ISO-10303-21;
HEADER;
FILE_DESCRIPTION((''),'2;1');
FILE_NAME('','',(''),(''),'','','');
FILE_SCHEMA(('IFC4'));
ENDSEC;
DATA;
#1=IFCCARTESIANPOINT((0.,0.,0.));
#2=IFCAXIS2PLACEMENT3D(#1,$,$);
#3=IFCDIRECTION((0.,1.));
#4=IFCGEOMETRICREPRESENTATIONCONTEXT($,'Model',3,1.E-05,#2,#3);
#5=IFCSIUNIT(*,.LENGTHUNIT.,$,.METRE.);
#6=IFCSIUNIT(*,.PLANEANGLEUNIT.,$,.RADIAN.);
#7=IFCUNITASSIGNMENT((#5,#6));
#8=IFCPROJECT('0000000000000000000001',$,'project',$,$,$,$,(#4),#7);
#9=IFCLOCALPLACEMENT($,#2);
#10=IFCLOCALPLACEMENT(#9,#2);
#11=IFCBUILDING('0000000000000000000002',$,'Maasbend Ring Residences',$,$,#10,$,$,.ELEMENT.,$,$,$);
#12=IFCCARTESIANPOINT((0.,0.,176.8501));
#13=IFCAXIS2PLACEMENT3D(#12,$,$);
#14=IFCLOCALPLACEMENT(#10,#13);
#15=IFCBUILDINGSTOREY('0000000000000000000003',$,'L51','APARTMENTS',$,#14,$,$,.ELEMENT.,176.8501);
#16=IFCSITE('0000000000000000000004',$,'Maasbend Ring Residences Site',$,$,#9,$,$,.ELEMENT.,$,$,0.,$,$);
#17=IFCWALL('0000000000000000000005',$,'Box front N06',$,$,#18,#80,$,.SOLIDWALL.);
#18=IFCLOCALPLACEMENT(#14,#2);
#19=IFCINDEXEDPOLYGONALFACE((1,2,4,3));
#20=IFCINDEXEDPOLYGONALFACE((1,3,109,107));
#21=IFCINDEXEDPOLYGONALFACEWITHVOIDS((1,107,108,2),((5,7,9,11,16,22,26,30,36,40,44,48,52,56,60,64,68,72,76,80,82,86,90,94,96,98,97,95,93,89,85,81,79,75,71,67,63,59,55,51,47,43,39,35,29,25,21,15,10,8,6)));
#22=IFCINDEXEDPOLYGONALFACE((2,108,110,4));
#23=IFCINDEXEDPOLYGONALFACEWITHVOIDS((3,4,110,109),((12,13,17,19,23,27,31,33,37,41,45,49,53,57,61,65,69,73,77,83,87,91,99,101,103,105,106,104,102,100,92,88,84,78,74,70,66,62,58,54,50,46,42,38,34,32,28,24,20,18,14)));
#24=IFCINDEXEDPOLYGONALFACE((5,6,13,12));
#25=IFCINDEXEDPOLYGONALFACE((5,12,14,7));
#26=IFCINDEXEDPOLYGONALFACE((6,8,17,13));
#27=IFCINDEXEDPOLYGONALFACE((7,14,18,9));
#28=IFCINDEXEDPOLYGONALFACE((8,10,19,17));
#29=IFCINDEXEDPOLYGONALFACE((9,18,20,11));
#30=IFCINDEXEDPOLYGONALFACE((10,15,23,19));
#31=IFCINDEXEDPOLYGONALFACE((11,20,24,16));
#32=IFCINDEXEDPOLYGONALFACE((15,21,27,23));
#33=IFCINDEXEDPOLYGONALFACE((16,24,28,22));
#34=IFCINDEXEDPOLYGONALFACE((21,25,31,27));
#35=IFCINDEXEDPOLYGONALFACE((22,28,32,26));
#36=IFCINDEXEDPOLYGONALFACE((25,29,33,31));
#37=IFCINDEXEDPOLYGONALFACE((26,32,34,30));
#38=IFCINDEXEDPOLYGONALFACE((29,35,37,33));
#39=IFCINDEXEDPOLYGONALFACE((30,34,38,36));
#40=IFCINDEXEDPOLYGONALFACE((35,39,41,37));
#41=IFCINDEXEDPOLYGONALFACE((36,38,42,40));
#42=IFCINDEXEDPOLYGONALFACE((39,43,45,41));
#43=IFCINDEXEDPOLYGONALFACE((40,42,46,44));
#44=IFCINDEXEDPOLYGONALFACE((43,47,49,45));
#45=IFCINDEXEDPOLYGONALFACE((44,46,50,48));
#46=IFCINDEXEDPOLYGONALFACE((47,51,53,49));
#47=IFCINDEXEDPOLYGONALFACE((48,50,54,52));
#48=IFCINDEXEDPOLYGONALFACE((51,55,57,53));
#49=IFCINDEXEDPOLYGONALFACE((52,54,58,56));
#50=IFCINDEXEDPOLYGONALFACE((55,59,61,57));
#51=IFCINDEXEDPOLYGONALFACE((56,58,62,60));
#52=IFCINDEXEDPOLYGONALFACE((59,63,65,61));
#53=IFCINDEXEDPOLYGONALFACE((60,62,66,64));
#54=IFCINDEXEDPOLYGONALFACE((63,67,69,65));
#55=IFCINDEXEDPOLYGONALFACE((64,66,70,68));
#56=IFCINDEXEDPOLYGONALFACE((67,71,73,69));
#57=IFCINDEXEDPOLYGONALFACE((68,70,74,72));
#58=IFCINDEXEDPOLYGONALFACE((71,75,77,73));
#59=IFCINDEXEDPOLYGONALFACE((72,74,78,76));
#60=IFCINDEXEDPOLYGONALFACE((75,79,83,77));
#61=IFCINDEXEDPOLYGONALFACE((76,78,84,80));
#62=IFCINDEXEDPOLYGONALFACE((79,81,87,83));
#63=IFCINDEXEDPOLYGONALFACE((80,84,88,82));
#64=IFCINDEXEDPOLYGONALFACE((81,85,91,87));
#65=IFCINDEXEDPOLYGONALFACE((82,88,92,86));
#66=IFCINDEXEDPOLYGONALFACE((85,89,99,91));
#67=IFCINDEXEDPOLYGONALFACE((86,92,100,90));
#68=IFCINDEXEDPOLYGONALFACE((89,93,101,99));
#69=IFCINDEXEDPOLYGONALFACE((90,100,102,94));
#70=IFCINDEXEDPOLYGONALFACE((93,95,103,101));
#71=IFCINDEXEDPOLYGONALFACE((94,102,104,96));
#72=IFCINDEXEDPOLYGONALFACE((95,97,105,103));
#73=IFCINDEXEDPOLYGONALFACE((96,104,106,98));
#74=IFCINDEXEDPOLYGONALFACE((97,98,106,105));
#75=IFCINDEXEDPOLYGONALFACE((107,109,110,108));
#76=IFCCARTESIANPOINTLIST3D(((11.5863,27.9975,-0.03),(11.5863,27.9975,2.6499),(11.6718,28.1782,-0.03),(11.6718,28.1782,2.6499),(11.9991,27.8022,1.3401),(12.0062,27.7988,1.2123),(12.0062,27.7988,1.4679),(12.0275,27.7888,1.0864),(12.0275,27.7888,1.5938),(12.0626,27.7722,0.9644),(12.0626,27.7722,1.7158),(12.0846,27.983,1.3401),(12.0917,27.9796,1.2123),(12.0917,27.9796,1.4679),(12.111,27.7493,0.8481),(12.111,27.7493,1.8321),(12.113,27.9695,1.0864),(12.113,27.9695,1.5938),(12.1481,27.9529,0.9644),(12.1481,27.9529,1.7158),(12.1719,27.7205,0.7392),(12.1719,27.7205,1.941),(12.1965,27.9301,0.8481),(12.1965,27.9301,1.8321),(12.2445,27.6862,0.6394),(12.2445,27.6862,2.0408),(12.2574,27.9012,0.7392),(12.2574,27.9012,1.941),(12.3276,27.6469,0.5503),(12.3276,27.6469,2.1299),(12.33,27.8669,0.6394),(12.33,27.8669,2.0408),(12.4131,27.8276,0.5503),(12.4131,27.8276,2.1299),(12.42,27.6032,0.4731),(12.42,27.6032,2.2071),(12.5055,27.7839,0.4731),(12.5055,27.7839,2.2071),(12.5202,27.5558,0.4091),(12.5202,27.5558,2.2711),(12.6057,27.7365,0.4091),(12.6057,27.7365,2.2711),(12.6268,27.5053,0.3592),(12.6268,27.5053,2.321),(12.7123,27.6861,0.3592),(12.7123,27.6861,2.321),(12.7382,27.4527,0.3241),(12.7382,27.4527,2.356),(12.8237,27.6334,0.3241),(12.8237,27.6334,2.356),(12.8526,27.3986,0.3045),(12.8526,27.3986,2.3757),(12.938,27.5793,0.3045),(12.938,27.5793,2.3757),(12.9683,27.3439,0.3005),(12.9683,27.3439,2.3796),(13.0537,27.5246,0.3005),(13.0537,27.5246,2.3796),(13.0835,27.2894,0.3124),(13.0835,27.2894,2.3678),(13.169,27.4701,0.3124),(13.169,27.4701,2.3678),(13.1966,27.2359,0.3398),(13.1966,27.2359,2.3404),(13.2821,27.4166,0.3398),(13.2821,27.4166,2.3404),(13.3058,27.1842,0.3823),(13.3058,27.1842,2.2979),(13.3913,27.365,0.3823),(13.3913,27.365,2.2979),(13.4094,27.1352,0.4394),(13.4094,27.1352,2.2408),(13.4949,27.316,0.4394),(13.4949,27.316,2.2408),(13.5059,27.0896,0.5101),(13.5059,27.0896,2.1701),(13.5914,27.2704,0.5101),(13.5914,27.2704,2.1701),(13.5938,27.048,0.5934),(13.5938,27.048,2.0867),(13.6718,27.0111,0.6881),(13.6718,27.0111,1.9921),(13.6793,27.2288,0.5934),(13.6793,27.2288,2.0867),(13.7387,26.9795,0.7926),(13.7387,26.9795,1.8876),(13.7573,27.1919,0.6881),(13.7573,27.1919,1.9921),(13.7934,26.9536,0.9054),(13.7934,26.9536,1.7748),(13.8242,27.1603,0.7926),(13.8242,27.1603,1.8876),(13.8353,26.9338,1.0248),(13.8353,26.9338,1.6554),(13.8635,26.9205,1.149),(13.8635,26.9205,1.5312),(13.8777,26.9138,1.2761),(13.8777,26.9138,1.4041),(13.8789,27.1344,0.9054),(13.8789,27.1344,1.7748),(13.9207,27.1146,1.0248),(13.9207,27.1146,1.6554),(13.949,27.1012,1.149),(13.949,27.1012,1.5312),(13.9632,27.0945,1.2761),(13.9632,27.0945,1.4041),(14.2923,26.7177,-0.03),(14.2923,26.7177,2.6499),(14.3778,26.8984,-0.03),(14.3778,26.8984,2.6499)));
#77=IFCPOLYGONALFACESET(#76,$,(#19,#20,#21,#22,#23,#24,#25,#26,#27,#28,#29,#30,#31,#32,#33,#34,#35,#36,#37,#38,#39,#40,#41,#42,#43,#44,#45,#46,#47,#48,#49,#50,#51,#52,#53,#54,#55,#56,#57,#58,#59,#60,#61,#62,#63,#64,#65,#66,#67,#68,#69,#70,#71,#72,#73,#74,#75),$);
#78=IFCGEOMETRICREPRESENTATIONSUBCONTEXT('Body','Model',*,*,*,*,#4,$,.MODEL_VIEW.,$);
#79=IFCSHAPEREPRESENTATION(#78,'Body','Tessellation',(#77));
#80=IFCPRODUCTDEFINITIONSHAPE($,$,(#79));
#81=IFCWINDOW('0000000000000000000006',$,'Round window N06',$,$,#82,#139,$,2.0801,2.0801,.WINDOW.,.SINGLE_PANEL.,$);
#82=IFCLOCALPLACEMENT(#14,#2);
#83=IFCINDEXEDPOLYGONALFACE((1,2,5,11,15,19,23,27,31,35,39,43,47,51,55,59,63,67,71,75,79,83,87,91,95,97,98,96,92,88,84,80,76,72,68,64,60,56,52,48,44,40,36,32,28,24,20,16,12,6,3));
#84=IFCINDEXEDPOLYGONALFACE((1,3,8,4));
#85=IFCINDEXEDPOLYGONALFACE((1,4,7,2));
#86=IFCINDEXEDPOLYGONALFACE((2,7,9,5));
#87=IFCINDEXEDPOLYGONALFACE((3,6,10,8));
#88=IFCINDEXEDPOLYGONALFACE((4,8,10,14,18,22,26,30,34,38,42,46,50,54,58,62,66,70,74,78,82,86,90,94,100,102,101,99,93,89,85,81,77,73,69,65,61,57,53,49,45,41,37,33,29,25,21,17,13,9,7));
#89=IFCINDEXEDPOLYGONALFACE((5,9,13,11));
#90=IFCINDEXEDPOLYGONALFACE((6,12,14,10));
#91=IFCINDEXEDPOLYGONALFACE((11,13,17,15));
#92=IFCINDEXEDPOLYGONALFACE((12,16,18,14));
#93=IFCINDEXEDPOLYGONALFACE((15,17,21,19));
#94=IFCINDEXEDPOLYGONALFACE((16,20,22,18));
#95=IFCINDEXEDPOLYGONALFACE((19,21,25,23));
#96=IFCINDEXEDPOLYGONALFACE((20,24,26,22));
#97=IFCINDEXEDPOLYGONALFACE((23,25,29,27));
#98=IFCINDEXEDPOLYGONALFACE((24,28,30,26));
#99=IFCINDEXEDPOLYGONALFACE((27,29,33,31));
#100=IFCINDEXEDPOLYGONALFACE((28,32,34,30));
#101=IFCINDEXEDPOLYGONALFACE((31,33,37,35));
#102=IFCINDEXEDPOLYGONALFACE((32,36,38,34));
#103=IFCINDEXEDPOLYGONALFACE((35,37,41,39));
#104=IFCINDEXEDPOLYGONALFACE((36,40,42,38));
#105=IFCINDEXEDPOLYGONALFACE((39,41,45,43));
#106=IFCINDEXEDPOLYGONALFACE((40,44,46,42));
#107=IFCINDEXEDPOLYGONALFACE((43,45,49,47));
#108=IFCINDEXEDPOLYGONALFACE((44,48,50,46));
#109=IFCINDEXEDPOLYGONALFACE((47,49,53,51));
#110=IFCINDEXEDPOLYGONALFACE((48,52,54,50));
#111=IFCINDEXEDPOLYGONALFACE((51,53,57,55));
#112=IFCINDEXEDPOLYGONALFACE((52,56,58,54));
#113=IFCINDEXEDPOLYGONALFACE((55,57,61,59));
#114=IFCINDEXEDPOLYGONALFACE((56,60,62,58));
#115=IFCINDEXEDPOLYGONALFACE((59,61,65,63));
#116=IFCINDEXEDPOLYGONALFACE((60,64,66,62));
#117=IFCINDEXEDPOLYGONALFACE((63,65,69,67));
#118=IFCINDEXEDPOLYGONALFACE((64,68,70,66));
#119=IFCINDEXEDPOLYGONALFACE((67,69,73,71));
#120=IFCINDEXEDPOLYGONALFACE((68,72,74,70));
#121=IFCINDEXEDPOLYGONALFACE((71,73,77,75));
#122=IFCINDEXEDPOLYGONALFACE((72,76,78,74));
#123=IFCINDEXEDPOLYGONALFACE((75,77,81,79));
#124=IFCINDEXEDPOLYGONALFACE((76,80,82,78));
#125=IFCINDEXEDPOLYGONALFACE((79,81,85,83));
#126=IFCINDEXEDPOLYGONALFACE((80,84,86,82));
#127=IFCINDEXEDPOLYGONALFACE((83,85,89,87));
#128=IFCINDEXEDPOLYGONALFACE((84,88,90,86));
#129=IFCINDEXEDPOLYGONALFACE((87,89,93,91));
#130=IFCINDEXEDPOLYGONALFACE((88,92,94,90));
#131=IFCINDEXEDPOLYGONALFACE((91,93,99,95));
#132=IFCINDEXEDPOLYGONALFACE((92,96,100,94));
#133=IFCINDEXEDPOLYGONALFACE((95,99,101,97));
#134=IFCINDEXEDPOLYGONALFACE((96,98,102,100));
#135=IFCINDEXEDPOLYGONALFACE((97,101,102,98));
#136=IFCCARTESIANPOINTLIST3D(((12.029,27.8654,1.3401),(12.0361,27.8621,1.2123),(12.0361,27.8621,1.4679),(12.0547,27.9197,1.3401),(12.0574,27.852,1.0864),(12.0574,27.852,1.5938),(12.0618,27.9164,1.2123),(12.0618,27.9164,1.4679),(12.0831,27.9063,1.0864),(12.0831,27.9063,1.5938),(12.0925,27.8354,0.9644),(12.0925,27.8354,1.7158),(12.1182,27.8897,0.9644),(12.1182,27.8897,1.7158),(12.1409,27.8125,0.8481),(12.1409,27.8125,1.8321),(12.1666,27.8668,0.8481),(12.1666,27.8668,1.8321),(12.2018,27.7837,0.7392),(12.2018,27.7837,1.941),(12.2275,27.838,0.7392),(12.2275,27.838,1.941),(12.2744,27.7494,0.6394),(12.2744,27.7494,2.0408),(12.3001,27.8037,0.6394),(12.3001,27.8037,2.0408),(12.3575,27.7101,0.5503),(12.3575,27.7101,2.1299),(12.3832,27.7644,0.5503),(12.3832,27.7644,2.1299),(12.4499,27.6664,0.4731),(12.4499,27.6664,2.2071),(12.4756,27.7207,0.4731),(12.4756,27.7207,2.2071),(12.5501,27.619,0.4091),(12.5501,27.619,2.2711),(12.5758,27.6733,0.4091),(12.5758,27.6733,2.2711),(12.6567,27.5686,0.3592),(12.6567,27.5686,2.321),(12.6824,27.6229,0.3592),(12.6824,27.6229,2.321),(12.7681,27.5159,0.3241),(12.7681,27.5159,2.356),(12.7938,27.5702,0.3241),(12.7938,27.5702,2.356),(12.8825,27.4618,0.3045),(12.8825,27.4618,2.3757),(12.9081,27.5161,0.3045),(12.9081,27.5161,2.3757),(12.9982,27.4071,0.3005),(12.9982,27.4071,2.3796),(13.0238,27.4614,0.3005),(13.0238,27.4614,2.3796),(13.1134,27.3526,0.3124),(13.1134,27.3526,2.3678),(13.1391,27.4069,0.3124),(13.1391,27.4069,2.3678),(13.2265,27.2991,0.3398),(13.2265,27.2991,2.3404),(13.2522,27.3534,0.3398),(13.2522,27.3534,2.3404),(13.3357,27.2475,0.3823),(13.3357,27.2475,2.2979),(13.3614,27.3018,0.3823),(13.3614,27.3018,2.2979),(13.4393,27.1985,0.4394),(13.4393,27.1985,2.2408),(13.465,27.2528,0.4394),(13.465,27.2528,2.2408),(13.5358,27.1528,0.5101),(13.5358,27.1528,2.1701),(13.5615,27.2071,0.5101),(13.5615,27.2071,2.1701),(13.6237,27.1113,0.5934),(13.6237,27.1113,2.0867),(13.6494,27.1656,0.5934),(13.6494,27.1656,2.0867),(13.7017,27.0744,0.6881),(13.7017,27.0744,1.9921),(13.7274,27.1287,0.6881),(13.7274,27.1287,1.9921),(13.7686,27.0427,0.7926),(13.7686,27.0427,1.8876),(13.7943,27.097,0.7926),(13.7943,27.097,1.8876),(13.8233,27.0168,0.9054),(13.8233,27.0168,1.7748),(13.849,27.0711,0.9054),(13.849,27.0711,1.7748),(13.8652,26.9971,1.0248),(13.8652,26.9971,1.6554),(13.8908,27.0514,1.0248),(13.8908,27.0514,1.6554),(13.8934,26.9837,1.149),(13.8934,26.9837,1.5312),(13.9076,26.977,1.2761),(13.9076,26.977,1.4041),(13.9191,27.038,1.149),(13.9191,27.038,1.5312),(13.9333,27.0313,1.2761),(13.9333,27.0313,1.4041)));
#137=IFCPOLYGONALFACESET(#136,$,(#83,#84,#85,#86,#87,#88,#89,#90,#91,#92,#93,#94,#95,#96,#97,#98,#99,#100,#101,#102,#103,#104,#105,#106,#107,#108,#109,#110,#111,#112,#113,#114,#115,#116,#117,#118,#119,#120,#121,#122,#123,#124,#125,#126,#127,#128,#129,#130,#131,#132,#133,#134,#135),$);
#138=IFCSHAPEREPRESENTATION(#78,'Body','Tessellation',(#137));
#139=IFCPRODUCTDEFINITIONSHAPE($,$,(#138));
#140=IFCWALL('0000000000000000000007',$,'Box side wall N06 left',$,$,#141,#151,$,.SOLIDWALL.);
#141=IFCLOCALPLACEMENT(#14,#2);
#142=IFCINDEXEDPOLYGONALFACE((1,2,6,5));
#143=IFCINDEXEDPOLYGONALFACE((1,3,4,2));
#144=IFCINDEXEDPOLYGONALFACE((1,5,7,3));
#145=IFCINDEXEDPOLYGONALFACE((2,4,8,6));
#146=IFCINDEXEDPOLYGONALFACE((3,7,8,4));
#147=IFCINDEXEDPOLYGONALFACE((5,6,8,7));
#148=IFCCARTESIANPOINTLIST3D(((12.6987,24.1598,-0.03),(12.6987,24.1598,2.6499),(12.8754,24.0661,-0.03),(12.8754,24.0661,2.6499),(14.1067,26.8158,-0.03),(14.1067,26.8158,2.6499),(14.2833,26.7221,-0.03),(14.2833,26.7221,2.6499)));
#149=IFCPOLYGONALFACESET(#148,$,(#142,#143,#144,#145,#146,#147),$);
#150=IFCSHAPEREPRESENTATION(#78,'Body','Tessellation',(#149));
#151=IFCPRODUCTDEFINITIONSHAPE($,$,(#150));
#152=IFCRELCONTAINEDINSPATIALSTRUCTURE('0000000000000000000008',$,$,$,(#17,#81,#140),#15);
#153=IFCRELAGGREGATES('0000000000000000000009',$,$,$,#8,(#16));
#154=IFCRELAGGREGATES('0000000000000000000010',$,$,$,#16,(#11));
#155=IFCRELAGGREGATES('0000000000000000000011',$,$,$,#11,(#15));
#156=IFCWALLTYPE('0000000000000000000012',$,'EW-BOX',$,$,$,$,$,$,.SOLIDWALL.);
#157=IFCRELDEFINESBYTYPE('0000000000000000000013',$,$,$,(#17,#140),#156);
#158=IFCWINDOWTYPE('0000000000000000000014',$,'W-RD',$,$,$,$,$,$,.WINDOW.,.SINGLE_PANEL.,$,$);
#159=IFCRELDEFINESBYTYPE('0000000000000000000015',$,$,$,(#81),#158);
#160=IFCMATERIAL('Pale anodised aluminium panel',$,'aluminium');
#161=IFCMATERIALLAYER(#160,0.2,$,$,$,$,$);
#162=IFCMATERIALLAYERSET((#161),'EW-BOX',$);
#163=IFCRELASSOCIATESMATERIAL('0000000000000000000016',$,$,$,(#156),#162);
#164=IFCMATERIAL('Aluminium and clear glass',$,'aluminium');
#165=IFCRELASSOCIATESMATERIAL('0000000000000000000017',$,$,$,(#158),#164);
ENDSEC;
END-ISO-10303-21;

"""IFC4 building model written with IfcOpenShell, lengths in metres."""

from ifc_helpers import new_model, si_unit, direction, frame, frame_2d, origin, place, context, subcontext, project, spatial, rectangle, circle, extrude, material, layer, layer_set, type_object, element, fill, save


model = new_model("IFC4")

# Units and contexts
model_context = context("Model", 3, precision=1e-05, world=origin(), true_north=direction((0.0, 1.0)))
body_context = subcontext(model_context, "Body", "Model", "MODEL_VIEW")
ifc_project = project(units=[si_unit("LENGTHUNIT", "METRE"), si_unit("PLANEANGLEUNIT", "RADIAN")], contexts=[model_context])

# Site, building, storey
site_placement = place(None, origin())
site = spatial("IfcSite", under=ifc_project, at=site_placement, Name="Maasbend Ring Residences Site", CompositionType="ELEMENT", RefElevation=0.0)
building_placement = place(site_placement, origin())
building = spatial("IfcBuilding", under=site, at=building_placement, Name="Maasbend Ring Residences", CompositionType="ELEMENT")
storey_placement = place(building_placement, frame((0.0, 0.0, 176.8501)))
storey = spatial("IfcBuildingStorey", under=building, at=storey_placement, Name="L51", Description="APARTMENTS", CompositionType="ELEMENT", Elevation=176.8501)

# Shared definitions
ifc_material_1 = material(Name="Pale anodised aluminium panel", Category="aluminium")
ifc_layer_1 = layer(ifc_material_1, 0.2)
ifc_layer_set_1 = layer_set([ifc_layer_1], Name="EW-BOX")
wall_type_1 = type_object("IfcWallType", Name="EW-BOX", PredefinedType="SOLIDWALL", material=ifc_layer_set_1)
ifc_material_2 = material(Name="Aluminium and clear glass", Category="aluminium")
window_type_1 = type_object("IfcWindowType", Name="W-RD", PartitioningType="SINGLE_PANEL", PredefinedType="WINDOW", material=ifc_material_2)

# Wall, opening, window
wall_1_placement = place(storey_placement, frame((14.335, 26.8081, -0.03), z_axis=(0.0, 0.0, 1.0), x_axis=(-0.904, 0.427532, 0.0)))
wall_1 = element("IfcWall", 1, at=wall_1_placement, inside=storey, type_object=wall_type_1, Name="Box front N06", PredefinedType="SOLIDWALL", context=body_context, shape_type="SweptSolid", body=[
    extrude(rectangle(XDim=2.9934, YDim=0.2, at=frame_2d((1.4966, 0.0))), origin(), (0.0, 0.0, 1.0), 2.6799),
])
opening_1_placement = place(wall_1_placement, frame((0.4565, 0.0, 0.3301)))
opening_1 = element("IfcOpeningElement", 2, at=opening_1_placement, cuts=wall_1, PredefinedType="OPENING", context=body_context, shape_type="SweptSolid", body=[
    extrude(circle(Radius=1.04, at=frame_2d((1.04, 1.04))), frame((0.0, 0.1099, 0.0), z_axis=(0.0, -1.0, 0.0), x_axis=(1.0, 0.0, 0.0)), (0.0, 0.0, 1.0), 0.22),
])
window_1_placement = place(opening_1_placement, origin())
window_1 = element("IfcWindow", 3, at=window_1_placement, inside=storey, type_object=window_type_1, Name="Round window N06", OverallHeight=2.0801, OverallWidth=2.0801, PartitioningType="SINGLE_PANEL", PredefinedType="WINDOW", context=body_context, shape_type="SweptSolid", body=[
    extrude(circle(Radius=1.04, at=frame_2d((1.04, 1.04))), frame((0.0, 0.03, 0.0), z_axis=(0.0, -1.0, 0.0), x_axis=(1.0, 0.0, 0.0)), (0.0, 0.0, 1.0), 0.0601),
])
fill(opening_1, window_1)

# Wall
wall_2_placement = place(storey_placement, frame((12.7871, 24.113, -0.03), z_axis=(0.0, 0.0, 1.0), x_axis=(0.468365, 0.883535, 0.0)))
element("IfcWall", 4, at=wall_2_placement, inside=storey, type_object=wall_type_1, Name="Box side wall N06 left", PredefinedType="SOLIDWALL", context=body_context, shape_type="SweptSolid", body=[
    extrude(rectangle(XDim=3.0061, YDim=0.2, at=frame_2d((1.5029, 0.0))), origin(), (0.0, 0.0, 1.0), 2.6799),
])

save(model, "model.ifc")
